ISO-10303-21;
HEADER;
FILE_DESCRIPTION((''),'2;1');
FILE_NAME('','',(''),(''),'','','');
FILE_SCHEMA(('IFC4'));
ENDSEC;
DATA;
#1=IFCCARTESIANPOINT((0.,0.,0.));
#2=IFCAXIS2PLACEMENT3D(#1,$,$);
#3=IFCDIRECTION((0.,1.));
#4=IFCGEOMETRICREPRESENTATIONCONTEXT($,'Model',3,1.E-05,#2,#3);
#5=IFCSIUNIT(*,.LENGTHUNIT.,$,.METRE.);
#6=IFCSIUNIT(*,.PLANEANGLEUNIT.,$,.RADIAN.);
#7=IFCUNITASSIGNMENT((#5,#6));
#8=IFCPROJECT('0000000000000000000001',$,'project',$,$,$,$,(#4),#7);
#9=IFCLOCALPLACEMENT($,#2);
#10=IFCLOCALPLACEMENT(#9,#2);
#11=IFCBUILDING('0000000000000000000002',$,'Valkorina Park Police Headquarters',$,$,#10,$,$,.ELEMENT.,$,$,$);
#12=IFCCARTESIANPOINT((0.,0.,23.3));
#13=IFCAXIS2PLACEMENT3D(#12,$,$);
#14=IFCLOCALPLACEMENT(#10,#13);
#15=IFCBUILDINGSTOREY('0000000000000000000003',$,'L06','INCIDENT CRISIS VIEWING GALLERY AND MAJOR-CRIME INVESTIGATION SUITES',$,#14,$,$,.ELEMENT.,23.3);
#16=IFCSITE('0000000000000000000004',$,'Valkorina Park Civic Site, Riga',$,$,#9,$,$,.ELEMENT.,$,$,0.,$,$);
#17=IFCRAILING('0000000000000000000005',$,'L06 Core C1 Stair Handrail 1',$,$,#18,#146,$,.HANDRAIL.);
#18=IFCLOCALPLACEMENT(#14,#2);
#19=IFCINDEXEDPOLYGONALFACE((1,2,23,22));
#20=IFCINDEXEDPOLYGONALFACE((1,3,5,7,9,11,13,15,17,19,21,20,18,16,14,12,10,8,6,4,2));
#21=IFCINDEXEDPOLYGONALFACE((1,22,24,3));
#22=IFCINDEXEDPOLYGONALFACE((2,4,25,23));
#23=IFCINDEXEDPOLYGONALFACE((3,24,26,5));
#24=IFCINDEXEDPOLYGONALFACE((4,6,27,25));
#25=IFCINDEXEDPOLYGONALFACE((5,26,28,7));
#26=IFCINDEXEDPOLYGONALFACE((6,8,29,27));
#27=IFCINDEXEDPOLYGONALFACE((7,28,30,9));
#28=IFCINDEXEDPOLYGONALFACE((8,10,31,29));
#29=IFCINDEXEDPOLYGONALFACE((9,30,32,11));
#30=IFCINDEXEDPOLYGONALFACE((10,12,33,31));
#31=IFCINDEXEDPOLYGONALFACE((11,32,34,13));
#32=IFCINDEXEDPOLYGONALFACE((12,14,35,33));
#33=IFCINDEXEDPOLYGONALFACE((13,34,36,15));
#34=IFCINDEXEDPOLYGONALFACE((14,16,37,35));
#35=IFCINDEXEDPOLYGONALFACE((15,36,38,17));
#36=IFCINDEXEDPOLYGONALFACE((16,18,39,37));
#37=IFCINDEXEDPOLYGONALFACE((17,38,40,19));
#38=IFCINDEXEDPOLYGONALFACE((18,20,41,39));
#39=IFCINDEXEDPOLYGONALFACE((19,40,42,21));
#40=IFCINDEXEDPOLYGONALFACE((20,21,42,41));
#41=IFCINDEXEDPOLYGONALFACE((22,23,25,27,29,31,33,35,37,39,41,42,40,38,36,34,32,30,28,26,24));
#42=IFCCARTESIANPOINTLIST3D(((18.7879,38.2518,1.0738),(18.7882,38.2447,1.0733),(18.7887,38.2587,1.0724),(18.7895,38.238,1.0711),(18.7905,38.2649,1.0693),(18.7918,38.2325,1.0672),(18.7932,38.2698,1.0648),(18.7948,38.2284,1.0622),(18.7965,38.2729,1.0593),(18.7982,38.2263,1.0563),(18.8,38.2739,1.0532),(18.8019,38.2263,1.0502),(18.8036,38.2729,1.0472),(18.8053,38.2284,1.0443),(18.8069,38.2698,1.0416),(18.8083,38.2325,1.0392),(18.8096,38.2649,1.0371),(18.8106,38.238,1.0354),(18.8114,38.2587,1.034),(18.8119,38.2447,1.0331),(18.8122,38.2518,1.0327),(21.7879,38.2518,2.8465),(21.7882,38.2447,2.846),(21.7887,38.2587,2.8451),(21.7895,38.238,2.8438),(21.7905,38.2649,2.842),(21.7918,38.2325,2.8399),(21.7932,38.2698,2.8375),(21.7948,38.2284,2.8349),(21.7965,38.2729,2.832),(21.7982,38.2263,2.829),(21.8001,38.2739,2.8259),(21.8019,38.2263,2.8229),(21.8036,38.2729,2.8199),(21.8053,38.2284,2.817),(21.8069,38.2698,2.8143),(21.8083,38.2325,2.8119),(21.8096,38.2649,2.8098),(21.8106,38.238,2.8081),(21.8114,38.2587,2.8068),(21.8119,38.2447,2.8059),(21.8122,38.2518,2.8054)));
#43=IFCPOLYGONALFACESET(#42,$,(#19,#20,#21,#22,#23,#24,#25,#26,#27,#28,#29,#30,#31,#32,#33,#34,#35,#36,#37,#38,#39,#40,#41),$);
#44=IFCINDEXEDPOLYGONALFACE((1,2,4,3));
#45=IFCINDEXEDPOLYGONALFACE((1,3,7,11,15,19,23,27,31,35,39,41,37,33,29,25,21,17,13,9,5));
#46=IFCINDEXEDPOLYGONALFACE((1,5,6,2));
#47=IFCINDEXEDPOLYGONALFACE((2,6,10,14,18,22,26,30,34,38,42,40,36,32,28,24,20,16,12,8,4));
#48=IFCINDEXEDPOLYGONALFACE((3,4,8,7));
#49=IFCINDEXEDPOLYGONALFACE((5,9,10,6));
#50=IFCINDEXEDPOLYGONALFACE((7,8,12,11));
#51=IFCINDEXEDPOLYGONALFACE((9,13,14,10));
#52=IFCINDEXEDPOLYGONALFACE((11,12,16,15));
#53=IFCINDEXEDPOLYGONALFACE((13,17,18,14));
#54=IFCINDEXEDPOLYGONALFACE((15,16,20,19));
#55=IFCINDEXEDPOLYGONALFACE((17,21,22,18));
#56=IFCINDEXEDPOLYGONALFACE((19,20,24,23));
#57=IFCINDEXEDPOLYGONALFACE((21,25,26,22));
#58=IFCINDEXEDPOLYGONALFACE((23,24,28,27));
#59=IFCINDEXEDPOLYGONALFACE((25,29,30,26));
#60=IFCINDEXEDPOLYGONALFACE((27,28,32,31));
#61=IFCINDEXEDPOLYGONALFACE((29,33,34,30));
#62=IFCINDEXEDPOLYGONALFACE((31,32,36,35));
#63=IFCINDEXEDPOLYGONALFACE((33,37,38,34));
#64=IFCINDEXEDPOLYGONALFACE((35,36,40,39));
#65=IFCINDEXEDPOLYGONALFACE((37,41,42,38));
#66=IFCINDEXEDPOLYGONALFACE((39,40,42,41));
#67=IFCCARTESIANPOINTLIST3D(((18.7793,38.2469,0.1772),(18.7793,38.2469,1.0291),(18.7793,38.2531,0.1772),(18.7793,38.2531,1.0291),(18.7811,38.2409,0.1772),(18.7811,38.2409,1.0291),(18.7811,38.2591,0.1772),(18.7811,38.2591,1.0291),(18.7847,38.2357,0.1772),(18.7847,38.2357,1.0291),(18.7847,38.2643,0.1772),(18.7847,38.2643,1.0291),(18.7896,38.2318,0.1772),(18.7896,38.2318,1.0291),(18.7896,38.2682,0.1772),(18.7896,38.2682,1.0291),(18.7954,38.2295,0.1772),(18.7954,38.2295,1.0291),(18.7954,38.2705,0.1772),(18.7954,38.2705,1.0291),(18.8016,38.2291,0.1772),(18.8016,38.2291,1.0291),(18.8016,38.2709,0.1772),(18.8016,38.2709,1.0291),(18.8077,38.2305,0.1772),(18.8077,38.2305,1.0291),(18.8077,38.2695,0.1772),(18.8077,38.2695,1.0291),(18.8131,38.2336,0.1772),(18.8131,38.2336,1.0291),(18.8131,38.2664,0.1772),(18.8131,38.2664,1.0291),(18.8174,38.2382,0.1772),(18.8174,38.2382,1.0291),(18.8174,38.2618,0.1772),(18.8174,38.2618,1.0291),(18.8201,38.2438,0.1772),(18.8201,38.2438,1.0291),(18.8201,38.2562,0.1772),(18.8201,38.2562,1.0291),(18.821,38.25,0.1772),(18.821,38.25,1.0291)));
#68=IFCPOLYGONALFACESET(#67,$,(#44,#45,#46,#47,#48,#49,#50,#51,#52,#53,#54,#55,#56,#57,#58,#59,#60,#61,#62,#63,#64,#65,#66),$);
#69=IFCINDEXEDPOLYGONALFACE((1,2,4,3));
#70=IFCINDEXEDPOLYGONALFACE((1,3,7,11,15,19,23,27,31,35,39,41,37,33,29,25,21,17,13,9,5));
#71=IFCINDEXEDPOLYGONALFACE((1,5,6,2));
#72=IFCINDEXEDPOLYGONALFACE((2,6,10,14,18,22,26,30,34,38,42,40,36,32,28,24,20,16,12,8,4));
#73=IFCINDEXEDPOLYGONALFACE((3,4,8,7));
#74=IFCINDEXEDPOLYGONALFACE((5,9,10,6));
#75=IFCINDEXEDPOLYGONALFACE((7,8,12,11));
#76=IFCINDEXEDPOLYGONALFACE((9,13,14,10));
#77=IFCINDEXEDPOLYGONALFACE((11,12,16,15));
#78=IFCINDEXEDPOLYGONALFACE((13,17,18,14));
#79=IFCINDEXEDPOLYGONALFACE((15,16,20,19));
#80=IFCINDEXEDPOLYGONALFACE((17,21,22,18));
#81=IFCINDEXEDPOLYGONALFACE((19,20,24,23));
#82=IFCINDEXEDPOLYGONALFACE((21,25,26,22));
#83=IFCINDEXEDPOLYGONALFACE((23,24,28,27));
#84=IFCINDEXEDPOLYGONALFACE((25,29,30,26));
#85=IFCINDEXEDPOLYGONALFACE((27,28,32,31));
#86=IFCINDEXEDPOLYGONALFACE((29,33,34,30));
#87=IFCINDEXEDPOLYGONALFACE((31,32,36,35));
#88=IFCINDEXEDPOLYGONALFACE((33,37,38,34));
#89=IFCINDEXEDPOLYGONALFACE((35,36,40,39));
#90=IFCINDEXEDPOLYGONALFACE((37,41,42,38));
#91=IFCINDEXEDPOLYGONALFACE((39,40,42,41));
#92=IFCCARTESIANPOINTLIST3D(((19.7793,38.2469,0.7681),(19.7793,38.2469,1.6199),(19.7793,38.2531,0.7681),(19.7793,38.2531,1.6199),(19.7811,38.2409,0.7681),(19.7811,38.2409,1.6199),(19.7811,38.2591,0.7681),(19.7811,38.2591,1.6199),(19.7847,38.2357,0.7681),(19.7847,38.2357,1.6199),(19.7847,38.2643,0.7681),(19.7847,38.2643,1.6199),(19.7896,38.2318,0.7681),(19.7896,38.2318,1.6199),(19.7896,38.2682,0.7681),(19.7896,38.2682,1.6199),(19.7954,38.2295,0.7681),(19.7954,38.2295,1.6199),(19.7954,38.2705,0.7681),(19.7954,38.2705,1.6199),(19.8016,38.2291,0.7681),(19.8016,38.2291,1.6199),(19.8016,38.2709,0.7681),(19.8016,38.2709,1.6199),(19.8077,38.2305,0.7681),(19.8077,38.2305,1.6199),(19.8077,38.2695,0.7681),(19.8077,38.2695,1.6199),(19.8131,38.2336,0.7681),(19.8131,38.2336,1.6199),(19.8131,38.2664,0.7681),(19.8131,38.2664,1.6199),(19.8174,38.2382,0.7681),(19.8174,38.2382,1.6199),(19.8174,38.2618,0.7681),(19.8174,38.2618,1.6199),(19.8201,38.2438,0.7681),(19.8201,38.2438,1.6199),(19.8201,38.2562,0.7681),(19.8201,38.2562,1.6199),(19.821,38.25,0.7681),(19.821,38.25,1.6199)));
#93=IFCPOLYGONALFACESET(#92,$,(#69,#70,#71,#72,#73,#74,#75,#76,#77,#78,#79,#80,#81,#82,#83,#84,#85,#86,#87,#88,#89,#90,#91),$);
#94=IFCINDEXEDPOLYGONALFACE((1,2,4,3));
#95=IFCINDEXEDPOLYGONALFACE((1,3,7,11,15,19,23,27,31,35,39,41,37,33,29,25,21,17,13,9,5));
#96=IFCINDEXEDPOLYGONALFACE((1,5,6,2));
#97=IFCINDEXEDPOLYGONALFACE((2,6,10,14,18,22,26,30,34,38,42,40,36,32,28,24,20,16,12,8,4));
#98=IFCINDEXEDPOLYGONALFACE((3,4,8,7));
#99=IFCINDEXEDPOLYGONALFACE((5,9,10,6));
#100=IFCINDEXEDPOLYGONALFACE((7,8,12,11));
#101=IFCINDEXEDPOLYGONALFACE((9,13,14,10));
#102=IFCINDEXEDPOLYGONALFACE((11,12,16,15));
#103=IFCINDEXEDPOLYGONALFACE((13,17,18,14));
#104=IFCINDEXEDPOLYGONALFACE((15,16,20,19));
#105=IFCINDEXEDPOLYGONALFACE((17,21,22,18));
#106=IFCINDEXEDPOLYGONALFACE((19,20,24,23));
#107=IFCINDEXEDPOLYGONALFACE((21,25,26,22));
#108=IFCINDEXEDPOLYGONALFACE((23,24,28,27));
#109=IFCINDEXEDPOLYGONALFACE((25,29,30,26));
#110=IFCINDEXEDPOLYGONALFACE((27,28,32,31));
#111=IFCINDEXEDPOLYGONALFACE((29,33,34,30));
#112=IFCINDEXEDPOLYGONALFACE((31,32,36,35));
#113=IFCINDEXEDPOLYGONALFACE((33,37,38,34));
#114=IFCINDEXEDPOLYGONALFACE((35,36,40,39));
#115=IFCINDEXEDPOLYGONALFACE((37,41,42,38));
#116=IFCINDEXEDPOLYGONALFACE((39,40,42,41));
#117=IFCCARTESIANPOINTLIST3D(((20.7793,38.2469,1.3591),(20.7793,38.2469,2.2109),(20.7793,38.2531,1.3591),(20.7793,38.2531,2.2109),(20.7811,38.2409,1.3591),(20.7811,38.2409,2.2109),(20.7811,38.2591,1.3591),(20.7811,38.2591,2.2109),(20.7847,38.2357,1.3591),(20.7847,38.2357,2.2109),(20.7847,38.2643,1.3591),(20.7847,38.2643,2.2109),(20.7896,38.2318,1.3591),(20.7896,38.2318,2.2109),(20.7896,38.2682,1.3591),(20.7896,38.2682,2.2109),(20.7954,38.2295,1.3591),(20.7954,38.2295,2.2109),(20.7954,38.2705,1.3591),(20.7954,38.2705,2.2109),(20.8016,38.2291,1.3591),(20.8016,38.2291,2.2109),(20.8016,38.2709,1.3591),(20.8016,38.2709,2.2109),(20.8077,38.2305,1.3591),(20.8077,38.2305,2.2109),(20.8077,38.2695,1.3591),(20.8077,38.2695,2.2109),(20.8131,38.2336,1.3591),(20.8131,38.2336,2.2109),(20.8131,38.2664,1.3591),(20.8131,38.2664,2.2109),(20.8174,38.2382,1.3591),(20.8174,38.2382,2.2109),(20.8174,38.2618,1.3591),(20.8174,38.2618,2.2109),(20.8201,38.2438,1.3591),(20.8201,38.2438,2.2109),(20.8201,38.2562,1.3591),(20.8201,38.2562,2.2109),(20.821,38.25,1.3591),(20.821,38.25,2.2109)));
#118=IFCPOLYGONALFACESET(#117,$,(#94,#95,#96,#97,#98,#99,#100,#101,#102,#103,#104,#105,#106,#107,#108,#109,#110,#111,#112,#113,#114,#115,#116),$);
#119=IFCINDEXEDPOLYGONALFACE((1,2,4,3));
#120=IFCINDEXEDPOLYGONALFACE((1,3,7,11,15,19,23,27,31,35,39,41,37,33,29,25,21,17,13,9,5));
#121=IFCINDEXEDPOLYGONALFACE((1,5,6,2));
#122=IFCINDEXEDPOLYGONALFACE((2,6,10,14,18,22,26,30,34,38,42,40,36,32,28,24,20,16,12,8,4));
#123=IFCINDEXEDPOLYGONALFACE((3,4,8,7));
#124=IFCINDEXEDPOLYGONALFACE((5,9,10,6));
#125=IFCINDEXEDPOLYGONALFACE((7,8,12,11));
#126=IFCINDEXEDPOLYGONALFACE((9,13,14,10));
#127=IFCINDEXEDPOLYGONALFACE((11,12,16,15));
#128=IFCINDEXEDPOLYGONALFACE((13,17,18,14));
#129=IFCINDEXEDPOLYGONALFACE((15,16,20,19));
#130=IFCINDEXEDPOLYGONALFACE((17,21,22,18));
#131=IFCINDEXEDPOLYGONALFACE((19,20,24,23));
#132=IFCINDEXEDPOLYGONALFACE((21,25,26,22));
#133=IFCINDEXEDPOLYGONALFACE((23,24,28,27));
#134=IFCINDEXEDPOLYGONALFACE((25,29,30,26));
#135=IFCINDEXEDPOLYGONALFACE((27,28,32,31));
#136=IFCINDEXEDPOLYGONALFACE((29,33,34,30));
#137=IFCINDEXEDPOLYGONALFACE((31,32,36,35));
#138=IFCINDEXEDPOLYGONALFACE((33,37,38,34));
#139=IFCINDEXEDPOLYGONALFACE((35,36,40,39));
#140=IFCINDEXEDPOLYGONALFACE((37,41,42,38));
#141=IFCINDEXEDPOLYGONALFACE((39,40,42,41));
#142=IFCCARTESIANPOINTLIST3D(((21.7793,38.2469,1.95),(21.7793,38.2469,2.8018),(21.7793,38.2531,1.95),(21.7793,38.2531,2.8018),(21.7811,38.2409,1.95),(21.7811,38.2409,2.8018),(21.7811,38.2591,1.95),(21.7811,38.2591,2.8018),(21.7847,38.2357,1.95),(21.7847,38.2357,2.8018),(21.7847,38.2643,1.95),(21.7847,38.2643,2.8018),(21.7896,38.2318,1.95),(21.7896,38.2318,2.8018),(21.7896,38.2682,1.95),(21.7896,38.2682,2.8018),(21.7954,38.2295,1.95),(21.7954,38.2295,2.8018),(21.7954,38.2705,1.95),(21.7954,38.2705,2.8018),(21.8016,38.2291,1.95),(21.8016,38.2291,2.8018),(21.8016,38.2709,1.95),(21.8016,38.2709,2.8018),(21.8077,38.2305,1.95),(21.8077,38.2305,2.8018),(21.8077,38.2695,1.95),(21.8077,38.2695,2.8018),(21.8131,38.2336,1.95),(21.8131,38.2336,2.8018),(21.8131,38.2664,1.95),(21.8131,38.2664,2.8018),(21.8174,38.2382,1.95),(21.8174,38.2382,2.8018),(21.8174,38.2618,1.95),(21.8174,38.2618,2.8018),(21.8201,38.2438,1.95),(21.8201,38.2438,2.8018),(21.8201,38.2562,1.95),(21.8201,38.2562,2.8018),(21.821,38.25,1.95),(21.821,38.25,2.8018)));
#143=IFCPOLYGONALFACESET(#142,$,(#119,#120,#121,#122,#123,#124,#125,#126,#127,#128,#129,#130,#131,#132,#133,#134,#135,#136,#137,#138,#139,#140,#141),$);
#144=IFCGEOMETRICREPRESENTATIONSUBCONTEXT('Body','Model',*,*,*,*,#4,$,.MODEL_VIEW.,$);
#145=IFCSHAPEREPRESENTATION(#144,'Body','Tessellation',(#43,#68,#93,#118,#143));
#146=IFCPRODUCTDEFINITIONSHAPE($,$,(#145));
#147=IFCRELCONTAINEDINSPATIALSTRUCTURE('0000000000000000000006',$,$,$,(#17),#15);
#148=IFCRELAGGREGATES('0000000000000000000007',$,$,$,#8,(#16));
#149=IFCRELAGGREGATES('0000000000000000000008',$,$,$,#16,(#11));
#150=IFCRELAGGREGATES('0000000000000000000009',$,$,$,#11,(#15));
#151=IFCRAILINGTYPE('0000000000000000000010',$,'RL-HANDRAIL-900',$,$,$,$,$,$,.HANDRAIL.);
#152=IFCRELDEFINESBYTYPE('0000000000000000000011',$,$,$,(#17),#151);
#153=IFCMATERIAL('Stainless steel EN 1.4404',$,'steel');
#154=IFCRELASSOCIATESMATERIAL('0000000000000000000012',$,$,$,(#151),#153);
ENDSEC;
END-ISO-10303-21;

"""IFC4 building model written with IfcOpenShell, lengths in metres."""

from ifc_helpers import new_model, si_unit, direction, frame, origin, origin_2d, place, context, subcontext, project, spatial, circle, extrude, material, type_object, element, save


model = new_model("IFC4")

# Units and contexts
model_context = context("Model", 3, precision=1e-05, world=origin(), true_north=direction((0.0, 1.0)))
body_context = subcontext(model_context, "Body", "Model", "MODEL_VIEW")
ifc_project = project(units=[si_unit("LENGTHUNIT", "METRE"), si_unit("PLANEANGLEUNIT", "RADIAN")], contexts=[model_context])

# Site, building, storey
site_placement = place(None, origin())
site = spatial("IfcSite", under=ifc_project, at=site_placement, Name="Valkorina Park Civic Site, Riga", CompositionType="ELEMENT", RefElevation=0.0)
building_placement = place(site_placement, origin())
building = spatial("IfcBuilding", under=site, at=building_placement, Name="Valkorina Park Police Headquarters", CompositionType="ELEMENT")
storey_placement = place(building_placement, frame((0.0, 0.0, 23.3)))
storey = spatial("IfcBuildingStorey", under=building, at=storey_placement, Name="L06", Description="INCIDENT CRISIS VIEWING GALLERY AND MAJOR-CRIME INVESTIGATION SUITES", CompositionType="ELEMENT", Elevation=23.3)

# Railing
ifc_material_1 = material(Name="Stainless steel EN 1.4404", Category="steel")
railing_type_1 = type_object("IfcRailingType", Name="RL-HANDRAIL-900", PredefinedType="HANDRAIL", material=ifc_material_1)
railing_1_placement = place(storey_placement, frame((18.8, 38.25, 0.1772)))
element("IfcRailing", 1, at=railing_1_placement, inside=storey, type_object=railing_type_1, Name="L06 Core C1 Stair Handrail 1", PredefinedType="HANDRAIL", context=body_context, shape_type="SweptSolid", body=[
    extrude(circle(Radius=0.0239, at=origin_2d()), frame((0.0, 0.0, 0.876), z_axis=(0.860929, 0.0, 0.508725), x_axis=(0.0, 1.0, 0.0)), (0.0, 0.0, 1.0), 3.4846),
    extrude(circle(Radius=0.021, at=origin_2d()), origin(), (0.0, 0.0, 1.0), 0.8518),
    extrude(circle(Radius=0.021, at=origin_2d()), frame((1.0, 0.0, 0.5908)), (0.0, 0.0, 1.0), 0.8518),
    extrude(circle(Radius=0.021, at=origin_2d()), frame((2.0, 0.0, 1.1819)), (0.0, 0.0, 1.0), 0.8518),
    extrude(circle(Radius=0.021, at=origin_2d()), frame((3.0, 0.0, 1.7727)), (0.0, 0.0, 1.0), 0.8518),
])

save(model, "model.ifc")
